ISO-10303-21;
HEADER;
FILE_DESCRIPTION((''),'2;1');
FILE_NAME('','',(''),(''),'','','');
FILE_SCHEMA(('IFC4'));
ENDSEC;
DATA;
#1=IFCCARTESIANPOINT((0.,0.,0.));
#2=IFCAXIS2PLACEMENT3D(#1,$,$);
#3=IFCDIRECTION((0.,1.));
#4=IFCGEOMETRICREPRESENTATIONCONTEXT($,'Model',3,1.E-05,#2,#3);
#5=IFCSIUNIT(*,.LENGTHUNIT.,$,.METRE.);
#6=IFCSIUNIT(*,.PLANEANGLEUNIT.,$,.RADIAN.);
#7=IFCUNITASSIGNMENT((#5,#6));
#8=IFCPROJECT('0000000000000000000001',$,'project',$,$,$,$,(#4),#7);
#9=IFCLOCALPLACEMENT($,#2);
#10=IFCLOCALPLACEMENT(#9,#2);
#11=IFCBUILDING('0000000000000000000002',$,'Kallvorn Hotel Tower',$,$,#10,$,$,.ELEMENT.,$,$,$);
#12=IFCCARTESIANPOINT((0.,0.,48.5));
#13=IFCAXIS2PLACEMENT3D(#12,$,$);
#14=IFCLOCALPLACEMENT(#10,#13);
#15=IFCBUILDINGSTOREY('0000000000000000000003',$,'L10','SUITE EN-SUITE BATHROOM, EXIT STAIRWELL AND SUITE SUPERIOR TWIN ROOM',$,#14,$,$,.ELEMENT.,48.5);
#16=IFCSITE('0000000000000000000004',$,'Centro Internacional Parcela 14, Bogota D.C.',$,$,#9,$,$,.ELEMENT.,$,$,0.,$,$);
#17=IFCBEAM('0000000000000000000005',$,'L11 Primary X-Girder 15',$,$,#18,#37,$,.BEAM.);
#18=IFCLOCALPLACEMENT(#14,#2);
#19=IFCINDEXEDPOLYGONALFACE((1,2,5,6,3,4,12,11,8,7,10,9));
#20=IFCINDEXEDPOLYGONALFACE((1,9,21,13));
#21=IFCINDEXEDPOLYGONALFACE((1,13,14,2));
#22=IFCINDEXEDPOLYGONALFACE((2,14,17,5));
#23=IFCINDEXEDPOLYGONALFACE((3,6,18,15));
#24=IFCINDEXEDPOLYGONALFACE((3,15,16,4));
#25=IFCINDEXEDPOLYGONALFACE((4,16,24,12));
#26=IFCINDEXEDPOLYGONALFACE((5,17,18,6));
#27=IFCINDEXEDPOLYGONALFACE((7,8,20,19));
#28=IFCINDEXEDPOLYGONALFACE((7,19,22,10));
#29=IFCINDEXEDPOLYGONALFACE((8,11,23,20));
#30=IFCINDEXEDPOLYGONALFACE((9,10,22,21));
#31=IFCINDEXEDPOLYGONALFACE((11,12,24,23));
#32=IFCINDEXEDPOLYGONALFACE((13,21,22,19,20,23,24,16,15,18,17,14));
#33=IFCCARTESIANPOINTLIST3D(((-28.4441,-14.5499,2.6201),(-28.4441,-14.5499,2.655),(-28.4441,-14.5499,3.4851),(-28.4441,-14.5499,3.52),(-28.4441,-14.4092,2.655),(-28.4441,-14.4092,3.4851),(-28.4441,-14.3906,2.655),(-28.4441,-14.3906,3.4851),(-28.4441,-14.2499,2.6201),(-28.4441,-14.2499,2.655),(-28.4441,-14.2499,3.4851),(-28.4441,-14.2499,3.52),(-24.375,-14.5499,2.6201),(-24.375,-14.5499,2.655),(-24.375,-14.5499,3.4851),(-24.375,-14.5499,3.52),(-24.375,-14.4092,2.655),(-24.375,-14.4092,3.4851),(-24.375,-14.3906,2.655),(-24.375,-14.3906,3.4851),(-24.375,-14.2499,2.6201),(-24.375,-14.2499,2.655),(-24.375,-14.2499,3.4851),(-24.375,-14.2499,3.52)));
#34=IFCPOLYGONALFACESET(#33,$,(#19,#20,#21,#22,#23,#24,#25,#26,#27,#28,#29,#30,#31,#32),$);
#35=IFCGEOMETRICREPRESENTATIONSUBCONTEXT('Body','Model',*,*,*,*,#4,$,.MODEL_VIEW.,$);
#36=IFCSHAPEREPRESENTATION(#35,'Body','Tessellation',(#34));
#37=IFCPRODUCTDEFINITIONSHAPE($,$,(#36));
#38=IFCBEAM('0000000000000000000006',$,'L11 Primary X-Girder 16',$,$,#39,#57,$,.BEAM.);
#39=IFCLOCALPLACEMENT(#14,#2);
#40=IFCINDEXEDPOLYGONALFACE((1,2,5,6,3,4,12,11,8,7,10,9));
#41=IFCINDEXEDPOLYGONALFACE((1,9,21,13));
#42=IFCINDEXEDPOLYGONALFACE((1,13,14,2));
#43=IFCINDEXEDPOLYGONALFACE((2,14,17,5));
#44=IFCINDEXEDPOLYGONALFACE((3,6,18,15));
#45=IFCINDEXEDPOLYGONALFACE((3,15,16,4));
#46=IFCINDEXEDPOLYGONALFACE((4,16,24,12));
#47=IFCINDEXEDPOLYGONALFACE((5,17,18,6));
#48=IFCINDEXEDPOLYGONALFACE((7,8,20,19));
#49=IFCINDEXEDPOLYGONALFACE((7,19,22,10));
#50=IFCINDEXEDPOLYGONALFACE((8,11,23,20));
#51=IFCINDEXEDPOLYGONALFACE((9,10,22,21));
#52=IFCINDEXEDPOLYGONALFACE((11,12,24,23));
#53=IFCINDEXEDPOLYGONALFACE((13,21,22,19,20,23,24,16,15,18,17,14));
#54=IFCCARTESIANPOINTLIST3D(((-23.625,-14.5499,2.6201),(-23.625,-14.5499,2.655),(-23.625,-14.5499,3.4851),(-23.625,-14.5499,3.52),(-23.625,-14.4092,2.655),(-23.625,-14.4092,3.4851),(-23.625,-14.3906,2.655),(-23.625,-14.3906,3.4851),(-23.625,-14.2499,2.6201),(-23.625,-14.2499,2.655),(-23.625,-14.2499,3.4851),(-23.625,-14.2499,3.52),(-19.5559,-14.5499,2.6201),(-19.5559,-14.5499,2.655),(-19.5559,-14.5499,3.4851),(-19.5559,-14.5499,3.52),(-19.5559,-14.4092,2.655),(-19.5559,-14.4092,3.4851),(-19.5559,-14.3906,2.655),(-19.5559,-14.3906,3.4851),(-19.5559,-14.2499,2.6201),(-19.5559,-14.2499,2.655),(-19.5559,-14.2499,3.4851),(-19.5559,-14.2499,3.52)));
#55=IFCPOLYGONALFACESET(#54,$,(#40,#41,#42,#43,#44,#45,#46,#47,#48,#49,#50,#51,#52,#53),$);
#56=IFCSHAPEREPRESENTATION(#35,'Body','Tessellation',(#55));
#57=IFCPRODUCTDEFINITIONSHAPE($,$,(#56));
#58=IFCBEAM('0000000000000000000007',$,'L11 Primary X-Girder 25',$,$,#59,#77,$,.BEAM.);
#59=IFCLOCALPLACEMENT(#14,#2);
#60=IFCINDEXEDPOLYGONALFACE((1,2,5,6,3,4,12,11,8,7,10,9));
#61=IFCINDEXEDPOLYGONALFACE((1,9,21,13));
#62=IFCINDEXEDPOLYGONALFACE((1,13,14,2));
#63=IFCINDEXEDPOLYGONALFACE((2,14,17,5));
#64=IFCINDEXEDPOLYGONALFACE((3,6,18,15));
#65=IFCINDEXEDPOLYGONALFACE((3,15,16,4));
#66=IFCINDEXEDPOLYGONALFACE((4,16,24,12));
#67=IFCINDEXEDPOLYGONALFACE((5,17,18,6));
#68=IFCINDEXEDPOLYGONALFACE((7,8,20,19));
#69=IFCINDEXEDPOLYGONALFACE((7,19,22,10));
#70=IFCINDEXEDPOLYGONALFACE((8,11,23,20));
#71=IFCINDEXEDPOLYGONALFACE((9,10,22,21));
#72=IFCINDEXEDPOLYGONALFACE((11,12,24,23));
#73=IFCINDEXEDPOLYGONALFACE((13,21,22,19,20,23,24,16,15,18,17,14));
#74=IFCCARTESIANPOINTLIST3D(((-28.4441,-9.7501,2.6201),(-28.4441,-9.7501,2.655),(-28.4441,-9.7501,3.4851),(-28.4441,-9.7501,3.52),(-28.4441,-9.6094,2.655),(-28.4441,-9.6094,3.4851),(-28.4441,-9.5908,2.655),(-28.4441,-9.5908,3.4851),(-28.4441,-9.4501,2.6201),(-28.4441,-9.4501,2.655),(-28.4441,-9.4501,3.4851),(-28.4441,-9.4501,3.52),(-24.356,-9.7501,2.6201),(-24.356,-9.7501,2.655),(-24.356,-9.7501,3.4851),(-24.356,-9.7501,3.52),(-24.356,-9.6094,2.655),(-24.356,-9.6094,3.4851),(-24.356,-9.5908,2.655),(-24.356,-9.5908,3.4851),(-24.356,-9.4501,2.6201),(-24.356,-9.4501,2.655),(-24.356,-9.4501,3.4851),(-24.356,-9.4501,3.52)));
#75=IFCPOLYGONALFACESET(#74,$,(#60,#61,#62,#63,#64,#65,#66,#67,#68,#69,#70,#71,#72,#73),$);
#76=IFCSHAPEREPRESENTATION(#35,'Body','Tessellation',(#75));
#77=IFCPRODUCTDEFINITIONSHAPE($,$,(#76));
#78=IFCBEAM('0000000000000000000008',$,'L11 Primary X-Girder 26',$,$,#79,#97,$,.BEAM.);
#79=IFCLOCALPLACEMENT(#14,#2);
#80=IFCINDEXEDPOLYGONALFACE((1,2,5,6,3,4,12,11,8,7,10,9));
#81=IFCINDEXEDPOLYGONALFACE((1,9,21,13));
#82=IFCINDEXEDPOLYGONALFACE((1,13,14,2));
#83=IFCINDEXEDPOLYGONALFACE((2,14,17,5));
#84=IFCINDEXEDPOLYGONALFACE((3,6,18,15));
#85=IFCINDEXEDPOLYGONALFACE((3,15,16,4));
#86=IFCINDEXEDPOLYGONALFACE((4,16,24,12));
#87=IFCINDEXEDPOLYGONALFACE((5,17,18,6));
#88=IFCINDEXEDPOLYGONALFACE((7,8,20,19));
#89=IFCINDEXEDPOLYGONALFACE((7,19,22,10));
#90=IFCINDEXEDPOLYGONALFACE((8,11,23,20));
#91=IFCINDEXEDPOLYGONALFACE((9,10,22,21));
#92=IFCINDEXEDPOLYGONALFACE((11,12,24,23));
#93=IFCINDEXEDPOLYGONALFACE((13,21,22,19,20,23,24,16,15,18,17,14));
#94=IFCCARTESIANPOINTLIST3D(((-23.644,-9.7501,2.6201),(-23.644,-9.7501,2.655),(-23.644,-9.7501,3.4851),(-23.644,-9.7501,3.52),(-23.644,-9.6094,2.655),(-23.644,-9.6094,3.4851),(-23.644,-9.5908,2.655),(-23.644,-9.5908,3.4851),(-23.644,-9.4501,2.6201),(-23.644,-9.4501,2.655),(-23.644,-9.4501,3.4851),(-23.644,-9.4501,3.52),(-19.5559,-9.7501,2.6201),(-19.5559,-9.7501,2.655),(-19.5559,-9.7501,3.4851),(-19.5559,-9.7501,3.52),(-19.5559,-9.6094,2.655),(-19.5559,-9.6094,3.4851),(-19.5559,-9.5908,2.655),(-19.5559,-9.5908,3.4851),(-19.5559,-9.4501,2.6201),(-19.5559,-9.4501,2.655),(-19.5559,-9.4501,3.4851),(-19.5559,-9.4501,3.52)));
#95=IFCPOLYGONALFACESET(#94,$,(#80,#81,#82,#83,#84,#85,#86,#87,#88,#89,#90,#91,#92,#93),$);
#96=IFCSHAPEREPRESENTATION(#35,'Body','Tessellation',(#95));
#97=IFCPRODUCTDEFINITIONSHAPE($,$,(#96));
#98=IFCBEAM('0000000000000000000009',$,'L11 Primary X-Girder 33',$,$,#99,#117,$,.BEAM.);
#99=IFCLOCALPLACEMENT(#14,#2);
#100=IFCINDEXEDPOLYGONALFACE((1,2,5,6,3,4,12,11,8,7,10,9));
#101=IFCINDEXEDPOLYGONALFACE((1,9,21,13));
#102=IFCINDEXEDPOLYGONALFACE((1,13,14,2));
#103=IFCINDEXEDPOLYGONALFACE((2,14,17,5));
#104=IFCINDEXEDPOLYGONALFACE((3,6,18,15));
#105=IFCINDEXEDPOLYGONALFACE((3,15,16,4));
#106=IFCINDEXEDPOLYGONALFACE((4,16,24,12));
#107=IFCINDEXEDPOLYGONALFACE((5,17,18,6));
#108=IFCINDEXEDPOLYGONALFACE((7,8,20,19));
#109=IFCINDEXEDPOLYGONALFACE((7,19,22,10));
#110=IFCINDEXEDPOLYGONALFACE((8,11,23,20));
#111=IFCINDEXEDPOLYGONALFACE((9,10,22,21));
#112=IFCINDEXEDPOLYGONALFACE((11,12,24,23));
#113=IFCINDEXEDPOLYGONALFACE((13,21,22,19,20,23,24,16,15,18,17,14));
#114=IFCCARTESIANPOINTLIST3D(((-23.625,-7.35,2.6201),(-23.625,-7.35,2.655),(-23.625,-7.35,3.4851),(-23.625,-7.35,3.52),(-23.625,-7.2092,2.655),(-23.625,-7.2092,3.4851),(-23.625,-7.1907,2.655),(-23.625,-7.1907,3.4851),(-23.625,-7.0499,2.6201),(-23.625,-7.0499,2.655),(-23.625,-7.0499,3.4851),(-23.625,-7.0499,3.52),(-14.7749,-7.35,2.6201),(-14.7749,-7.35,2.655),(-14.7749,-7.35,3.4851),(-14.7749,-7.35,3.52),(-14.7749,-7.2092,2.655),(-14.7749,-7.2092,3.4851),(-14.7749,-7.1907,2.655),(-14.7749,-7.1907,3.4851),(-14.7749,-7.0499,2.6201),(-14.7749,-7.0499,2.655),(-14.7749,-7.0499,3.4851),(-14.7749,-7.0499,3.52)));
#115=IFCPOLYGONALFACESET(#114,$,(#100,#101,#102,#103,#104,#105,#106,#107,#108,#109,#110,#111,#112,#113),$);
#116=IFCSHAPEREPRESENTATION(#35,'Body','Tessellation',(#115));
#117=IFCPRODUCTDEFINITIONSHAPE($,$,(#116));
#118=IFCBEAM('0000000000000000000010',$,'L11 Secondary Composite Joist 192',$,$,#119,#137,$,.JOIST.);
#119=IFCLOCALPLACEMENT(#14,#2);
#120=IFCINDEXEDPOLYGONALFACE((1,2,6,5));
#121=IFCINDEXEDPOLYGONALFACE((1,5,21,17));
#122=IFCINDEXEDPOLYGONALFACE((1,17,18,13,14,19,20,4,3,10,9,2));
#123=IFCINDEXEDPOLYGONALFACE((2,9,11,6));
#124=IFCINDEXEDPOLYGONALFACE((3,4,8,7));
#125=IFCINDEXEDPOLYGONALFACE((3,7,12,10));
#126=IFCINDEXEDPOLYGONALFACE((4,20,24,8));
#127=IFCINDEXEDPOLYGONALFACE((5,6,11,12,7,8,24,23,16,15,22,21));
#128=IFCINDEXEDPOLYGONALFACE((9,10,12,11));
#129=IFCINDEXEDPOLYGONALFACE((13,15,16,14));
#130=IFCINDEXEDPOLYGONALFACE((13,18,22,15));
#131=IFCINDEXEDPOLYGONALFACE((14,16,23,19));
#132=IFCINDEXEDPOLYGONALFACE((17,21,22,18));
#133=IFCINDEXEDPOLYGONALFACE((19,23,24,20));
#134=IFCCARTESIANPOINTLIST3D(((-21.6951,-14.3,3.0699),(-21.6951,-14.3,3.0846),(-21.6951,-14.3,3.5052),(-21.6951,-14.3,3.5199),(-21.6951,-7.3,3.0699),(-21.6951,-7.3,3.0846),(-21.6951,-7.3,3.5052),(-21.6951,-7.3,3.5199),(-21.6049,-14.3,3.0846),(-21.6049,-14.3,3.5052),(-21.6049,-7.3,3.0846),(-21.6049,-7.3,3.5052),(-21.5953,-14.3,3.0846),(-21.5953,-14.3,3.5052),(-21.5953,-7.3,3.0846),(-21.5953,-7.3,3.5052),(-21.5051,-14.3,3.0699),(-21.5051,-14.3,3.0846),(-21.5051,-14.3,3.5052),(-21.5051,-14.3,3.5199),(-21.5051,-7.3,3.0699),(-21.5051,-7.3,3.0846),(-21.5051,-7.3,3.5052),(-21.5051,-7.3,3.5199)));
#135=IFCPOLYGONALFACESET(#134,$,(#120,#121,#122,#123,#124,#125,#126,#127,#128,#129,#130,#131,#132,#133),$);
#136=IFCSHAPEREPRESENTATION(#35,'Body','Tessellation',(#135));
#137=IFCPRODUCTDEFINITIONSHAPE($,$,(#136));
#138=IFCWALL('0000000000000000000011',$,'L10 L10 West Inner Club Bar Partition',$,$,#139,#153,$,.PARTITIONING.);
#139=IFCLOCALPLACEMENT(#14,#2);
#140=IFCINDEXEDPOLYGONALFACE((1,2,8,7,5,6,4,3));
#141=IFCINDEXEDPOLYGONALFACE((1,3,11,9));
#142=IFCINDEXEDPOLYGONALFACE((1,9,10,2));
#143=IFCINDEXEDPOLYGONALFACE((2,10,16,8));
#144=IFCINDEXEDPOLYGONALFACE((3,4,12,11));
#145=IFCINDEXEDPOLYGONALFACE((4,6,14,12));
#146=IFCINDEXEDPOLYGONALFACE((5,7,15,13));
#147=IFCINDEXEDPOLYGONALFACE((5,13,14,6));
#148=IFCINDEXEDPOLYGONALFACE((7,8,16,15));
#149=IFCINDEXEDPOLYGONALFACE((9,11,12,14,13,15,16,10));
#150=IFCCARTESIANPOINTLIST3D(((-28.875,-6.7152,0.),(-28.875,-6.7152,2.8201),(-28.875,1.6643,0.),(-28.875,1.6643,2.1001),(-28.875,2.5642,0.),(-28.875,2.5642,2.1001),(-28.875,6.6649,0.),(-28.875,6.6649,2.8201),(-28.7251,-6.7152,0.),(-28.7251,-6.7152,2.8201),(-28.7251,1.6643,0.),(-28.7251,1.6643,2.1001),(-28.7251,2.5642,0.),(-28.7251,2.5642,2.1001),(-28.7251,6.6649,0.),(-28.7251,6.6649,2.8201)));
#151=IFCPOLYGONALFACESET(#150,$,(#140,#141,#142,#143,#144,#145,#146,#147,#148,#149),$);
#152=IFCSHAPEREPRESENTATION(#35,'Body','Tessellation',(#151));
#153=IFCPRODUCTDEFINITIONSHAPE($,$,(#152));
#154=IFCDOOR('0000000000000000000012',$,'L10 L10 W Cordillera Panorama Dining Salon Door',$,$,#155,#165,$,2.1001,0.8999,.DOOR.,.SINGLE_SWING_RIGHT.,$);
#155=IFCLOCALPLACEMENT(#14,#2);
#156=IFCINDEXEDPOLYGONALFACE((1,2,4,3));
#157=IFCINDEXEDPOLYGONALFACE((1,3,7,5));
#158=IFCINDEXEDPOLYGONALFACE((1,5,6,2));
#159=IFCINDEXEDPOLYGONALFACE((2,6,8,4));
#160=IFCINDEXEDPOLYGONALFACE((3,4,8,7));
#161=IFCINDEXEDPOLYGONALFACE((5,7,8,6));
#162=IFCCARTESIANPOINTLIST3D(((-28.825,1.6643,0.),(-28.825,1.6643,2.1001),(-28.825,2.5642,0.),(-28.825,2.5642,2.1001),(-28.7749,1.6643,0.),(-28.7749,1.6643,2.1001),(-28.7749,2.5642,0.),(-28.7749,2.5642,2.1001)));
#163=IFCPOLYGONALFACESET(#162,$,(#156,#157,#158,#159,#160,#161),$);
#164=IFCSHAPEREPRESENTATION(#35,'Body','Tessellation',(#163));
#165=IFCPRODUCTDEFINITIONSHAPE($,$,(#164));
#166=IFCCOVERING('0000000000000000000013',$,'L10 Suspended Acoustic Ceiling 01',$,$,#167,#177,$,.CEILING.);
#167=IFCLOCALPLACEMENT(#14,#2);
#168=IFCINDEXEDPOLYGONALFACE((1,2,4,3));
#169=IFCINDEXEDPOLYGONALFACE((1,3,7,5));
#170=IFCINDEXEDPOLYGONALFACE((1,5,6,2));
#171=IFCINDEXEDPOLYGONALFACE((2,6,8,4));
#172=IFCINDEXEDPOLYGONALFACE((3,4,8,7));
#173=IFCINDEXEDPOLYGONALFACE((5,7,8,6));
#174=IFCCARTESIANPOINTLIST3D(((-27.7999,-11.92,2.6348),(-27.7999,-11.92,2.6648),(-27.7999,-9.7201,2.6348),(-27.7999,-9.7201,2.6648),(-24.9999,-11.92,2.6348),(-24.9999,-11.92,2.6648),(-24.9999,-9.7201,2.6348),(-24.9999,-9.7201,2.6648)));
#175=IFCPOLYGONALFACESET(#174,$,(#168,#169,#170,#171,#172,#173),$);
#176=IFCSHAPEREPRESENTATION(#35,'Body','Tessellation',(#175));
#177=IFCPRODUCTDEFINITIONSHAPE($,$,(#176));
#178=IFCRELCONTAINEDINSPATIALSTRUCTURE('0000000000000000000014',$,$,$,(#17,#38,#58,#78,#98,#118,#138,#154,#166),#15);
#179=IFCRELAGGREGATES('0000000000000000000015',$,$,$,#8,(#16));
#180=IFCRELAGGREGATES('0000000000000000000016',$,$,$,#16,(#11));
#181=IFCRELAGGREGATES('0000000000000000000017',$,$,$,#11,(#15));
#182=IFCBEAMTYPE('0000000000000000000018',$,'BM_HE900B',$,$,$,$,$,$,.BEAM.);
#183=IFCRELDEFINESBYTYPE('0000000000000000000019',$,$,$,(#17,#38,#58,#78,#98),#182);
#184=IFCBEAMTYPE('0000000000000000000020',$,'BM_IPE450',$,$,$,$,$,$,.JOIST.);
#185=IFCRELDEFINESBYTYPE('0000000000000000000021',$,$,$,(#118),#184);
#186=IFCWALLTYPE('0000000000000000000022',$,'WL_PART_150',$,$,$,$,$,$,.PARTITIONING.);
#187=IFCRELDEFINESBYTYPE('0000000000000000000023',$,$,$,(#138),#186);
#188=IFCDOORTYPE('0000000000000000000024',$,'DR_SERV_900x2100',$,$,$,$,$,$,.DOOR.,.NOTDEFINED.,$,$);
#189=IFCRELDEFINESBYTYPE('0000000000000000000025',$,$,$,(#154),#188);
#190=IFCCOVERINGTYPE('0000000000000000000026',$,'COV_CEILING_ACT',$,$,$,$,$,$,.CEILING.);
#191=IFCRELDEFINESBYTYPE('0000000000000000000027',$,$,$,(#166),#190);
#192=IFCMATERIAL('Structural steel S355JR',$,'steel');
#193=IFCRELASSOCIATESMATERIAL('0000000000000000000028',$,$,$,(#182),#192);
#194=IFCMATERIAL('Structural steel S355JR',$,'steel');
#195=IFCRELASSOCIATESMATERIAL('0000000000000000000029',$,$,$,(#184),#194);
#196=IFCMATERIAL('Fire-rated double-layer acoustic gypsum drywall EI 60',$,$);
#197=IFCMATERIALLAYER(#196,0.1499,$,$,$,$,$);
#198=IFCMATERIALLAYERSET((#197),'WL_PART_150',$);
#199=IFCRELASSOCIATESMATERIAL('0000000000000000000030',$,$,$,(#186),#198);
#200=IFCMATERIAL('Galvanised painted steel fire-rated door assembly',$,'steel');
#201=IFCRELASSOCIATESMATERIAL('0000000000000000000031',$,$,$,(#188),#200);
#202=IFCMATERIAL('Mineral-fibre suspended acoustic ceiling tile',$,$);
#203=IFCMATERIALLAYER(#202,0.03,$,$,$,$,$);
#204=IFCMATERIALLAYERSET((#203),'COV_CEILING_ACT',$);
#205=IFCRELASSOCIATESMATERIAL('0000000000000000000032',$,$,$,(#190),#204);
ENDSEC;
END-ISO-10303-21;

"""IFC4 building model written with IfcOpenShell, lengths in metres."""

from ifc_helpers import new_model, si_unit, direction, frame, frame_2d, origin, origin_2d, place, context, subcontext, project, spatial, rectangle, i_section, extrude, material, layer, layer_set, material_profile, profile_set, type_object, element, fill, save


model = new_model("IFC4")

# Units and contexts
model_context = context("Model", 3, precision=1e-05, world=origin(), true_north=direction((0.0, 1.0)))
body_context = subcontext(model_context, "Body", "Model", "MODEL_VIEW")
ifc_project = project(units=[si_unit("LENGTHUNIT", "METRE"), si_unit("PLANEANGLEUNIT", "RADIAN")], contexts=[model_context])

# Site, building, storey
site_placement = place(None, origin())
site = spatial("IfcSite", under=ifc_project, at=site_placement, Name="Centro Internacional Parcela 14, Bogota D.C.", CompositionType="ELEMENT", RefElevation=0.0)
building_placement = place(site_placement, origin())
building = spatial("IfcBuilding", under=site, at=building_placement, Name="Kallvorn Hotel Tower", CompositionType="ELEMENT")
storey_placement = place(building_placement, frame((0.0, 0.0, 48.5)))
storey = spatial("IfcBuildingStorey", under=building, at=storey_placement, Name="L10", Description="SUITE EN-SUITE BATHROOM, EXIT STAIRWELL AND SUITE SUPERIOR TWIN ROOM", CompositionType="ELEMENT", Elevation=48.5)

# Beams
ifc_material_1 = material(Name="Structural steel S355JR", Category="steel")
ifc_material_profile_1 = material_profile(ifc_material_1, i_section(OverallWidth=0.3, OverallDepth=0.8999, WebThickness=0.0186, FlangeThickness=0.0349, at=origin_2d()), Name="HE 900 B")
ifc_profile_set_1 = profile_set([ifc_material_profile_1], Name="Structural steel S355JR")
beam_type_1 = type_object("IfcBeamType", Name="BM_HE900B", PredefinedType="BEAM", material=ifc_profile_set_1)
for number, where, z_axis, x_axis, name in (
    (1, (-28.4441, -14.3999, 3.0701), (1.0, 0.0, 0.0), (0.0, 1.0, 0.0), "L11 Primary X-Girder 15"),
    (2, (-23.625, -14.3999, 3.0701), (1.0, 0.0, 0.0), (0.0, 1.0, 0.0), "L11 Primary X-Girder 16"),
):
    element("IfcBeam", number, at=place(storey_placement, frame(where, z_axis=z_axis, x_axis=x_axis)), inside=storey, type_object=beam_type_1, Name=name, PredefinedType="BEAM", context=body_context, shape_type="SweptSolid", body=[
        extrude(i_section(OverallWidth=0.3, OverallDepth=0.8999, WebThickness=0.0186, FlangeThickness=0.0349, at=origin_2d()), origin(), (0.0, 0.0, 1.0), 4.0691),
    ])
for number, where, z_axis, x_axis, name in (
    (3, (-28.4441, -9.6001, 3.0701), (1.0, 0.0, 0.0), (0.0, 1.0, 0.0), "L11 Primary X-Girder 25"),
    (4, (-23.644, -9.6001, 3.0701), (1.0, 0.0, 0.0), (0.0, 1.0, 0.0), "L11 Primary X-Girder 26"),
):
    element("IfcBeam", number, at=place(storey_placement, frame(where, z_axis=z_axis, x_axis=x_axis)), inside=storey, type_object=beam_type_1, Name=name, PredefinedType="BEAM", context=body_context, shape_type="SweptSolid", body=[
        extrude(i_section(OverallWidth=0.3, OverallDepth=0.8999, WebThickness=0.0186, FlangeThickness=0.0349, at=origin_2d()), origin(), (0.0, 0.0, 1.0), 4.0881),
    ])
beam_1_placement = place(storey_placement, frame((-23.625, -7.2, 3.0701), z_axis=(1.0, 0.0, 0.0), x_axis=(0.0, 1.0, 0.0)))
element("IfcBeam", 5, at=beam_1_placement, inside=storey, type_object=beam_type_1, Name="L11 Primary X-Girder 33", PredefinedType="BEAM", context=body_context, shape_type="SweptSolid", body=[
    extrude(i_section(OverallWidth=0.3, OverallDepth=0.8999, WebThickness=0.0186, FlangeThickness=0.0349, at=origin_2d()), origin(), (0.0, 0.0, 1.0), 8.8501),
])
ifc_material_2 = material(Name="Structural steel S355JR", Category="steel")
ifc_material_profile_2 = material_profile(ifc_material_2, i_section(OverallWidth=0.1899, OverallDepth=0.45, WebThickness=0.0095, FlangeThickness=0.0146, at=origin_2d()), Name="IPE 450")
ifc_profile_set_2 = profile_set([ifc_material_profile_2], Name="Structural steel S355JR")
beam_type_2 = type_object("IfcBeamType", Name="BM_IPE450", PredefinedType="JOIST", material=ifc_profile_set_2)
beam_2_placement = place(storey_placement, frame((-21.6001, -14.3, 3.2949), z_axis=(0.0, 1.0, 0.0), x_axis=(-1.0, 0.0, 0.0)))
element("IfcBeam", 6, at=beam_2_placement, inside=storey, type_object=beam_type_2, Name="L11 Secondary Composite Joist 192", PredefinedType="JOIST", context=body_context, shape_type="SweptSolid", body=[
    extrude(i_section(OverallWidth=0.1899, OverallDepth=0.45, WebThickness=0.0095, FlangeThickness=0.0146, at=origin_2d()), origin(), (0.0, 0.0, 1.0), 7.0),
])

# Wall, opening, door
ifc_material_3 = material(Name="Fire-rated double-layer acoustic gypsum drywall EI 60")
ifc_layer_1 = layer(ifc_material_3, 0.1499)
ifc_layer_set_1 = layer_set([ifc_layer_1], Name="WL_PART_150")
wall_type = type_object("IfcWallType", Name="WL_PART_150", PredefinedType="PARTITIONING", material=ifc_layer_set_1)
wall_placement = place(storey_placement, frame((-28.8, -6.7151, 0.0), z_axis=(0.0, 0.0, 1.0), x_axis=(0.0, 1.0, 0.0)))
wall = element("IfcWall", 7, at=wall_placement, inside=storey, type_object=wall_type, Name="L10 L10 West Inner Club Bar Partition", PredefinedType="PARTITIONING", context=body_context, shape_type="SweptSolid", body=[
    extrude(rectangle(XDim=13.3801, YDim=0.1499, at=frame_2d((6.6899, 0.0))), origin(), (0.0, 0.0, 1.0), 2.8201),
])
opening_placement = place(wall_placement, frame((8.3794, 0.0, 0.0)))
opening = element("IfcOpeningElement", 8, at=opening_placement, cuts=wall, PredefinedType="OPENING", context=body_context, shape_type="SweptSolid", body=[
    extrude(rectangle(XDim=0.8999, YDim=2.1001, at=frame_2d((0.45, 1.05))), frame((0.0, 0.0898, 0.0), z_axis=(0.0, -1.0, 0.0), x_axis=(1.0, 0.0, 0.0)), (0.0, 0.0, 1.0), 0.1799),
])
ifc_material_4 = material(Name="Galvanised painted steel fire-rated door assembly", Category="steel")
door_type = type_object("IfcDoorType", Name="DR_SERV_900x2100", OperationType="NOTDEFINED", PredefinedType="DOOR", material=ifc_material_4)
door_placement = place(opening_placement, origin())
door = element("IfcDoor", 9, at=door_placement, inside=storey, type_object=door_type, Name="L10 L10 W Cordillera Panorama Dining Salon Door", OperationType="SINGLE_SWING_RIGHT", OverallHeight=2.1001, OverallWidth=0.8999, PredefinedType="DOOR", context=body_context, shape_type="SweptSolid", body=[
    extrude(rectangle(XDim=0.8999, YDim=2.1001, at=frame_2d((0.45, 1.05))), frame((0.0, 0.0249, 0.0), z_axis=(0.0, -1.0, 0.0), x_axis=(1.0, 0.0, 0.0)), (0.0, 0.0, 1.0), 0.05),
])
fill(opening, door)

# Covering
ifc_material_5 = material(Name="Mineral-fibre suspended acoustic ceiling tile")
ifc_layer_2 = layer(ifc_material_5, 0.03)
ifc_layer_set_2 = layer_set([ifc_layer_2], Name="COV_CEILING_ACT")
covering_type = type_object("IfcCoveringType", Name="COV_CEILING_ACT", PredefinedType="CEILING", material=ifc_layer_set_2)
covering_placement = place(storey_placement, frame((-26.3999, -10.8201, 2.6348), z_axis=(0.0, 0.0, 1.0), x_axis=(1.0, 0.0, 0.0)))
element("IfcCovering", 10, at=covering_placement, inside=storey, type_object=covering_type, Name="L10 Suspended Acoustic Ceiling 01", PredefinedType="CEILING", context=body_context, shape_type="SweptSolid", body=[
    extrude(rectangle(XDim=2.8, YDim=2.2, at=origin_2d()), origin(), (0.0, 0.0, 1.0), 0.03),
])

save(model, "model.ifc")
